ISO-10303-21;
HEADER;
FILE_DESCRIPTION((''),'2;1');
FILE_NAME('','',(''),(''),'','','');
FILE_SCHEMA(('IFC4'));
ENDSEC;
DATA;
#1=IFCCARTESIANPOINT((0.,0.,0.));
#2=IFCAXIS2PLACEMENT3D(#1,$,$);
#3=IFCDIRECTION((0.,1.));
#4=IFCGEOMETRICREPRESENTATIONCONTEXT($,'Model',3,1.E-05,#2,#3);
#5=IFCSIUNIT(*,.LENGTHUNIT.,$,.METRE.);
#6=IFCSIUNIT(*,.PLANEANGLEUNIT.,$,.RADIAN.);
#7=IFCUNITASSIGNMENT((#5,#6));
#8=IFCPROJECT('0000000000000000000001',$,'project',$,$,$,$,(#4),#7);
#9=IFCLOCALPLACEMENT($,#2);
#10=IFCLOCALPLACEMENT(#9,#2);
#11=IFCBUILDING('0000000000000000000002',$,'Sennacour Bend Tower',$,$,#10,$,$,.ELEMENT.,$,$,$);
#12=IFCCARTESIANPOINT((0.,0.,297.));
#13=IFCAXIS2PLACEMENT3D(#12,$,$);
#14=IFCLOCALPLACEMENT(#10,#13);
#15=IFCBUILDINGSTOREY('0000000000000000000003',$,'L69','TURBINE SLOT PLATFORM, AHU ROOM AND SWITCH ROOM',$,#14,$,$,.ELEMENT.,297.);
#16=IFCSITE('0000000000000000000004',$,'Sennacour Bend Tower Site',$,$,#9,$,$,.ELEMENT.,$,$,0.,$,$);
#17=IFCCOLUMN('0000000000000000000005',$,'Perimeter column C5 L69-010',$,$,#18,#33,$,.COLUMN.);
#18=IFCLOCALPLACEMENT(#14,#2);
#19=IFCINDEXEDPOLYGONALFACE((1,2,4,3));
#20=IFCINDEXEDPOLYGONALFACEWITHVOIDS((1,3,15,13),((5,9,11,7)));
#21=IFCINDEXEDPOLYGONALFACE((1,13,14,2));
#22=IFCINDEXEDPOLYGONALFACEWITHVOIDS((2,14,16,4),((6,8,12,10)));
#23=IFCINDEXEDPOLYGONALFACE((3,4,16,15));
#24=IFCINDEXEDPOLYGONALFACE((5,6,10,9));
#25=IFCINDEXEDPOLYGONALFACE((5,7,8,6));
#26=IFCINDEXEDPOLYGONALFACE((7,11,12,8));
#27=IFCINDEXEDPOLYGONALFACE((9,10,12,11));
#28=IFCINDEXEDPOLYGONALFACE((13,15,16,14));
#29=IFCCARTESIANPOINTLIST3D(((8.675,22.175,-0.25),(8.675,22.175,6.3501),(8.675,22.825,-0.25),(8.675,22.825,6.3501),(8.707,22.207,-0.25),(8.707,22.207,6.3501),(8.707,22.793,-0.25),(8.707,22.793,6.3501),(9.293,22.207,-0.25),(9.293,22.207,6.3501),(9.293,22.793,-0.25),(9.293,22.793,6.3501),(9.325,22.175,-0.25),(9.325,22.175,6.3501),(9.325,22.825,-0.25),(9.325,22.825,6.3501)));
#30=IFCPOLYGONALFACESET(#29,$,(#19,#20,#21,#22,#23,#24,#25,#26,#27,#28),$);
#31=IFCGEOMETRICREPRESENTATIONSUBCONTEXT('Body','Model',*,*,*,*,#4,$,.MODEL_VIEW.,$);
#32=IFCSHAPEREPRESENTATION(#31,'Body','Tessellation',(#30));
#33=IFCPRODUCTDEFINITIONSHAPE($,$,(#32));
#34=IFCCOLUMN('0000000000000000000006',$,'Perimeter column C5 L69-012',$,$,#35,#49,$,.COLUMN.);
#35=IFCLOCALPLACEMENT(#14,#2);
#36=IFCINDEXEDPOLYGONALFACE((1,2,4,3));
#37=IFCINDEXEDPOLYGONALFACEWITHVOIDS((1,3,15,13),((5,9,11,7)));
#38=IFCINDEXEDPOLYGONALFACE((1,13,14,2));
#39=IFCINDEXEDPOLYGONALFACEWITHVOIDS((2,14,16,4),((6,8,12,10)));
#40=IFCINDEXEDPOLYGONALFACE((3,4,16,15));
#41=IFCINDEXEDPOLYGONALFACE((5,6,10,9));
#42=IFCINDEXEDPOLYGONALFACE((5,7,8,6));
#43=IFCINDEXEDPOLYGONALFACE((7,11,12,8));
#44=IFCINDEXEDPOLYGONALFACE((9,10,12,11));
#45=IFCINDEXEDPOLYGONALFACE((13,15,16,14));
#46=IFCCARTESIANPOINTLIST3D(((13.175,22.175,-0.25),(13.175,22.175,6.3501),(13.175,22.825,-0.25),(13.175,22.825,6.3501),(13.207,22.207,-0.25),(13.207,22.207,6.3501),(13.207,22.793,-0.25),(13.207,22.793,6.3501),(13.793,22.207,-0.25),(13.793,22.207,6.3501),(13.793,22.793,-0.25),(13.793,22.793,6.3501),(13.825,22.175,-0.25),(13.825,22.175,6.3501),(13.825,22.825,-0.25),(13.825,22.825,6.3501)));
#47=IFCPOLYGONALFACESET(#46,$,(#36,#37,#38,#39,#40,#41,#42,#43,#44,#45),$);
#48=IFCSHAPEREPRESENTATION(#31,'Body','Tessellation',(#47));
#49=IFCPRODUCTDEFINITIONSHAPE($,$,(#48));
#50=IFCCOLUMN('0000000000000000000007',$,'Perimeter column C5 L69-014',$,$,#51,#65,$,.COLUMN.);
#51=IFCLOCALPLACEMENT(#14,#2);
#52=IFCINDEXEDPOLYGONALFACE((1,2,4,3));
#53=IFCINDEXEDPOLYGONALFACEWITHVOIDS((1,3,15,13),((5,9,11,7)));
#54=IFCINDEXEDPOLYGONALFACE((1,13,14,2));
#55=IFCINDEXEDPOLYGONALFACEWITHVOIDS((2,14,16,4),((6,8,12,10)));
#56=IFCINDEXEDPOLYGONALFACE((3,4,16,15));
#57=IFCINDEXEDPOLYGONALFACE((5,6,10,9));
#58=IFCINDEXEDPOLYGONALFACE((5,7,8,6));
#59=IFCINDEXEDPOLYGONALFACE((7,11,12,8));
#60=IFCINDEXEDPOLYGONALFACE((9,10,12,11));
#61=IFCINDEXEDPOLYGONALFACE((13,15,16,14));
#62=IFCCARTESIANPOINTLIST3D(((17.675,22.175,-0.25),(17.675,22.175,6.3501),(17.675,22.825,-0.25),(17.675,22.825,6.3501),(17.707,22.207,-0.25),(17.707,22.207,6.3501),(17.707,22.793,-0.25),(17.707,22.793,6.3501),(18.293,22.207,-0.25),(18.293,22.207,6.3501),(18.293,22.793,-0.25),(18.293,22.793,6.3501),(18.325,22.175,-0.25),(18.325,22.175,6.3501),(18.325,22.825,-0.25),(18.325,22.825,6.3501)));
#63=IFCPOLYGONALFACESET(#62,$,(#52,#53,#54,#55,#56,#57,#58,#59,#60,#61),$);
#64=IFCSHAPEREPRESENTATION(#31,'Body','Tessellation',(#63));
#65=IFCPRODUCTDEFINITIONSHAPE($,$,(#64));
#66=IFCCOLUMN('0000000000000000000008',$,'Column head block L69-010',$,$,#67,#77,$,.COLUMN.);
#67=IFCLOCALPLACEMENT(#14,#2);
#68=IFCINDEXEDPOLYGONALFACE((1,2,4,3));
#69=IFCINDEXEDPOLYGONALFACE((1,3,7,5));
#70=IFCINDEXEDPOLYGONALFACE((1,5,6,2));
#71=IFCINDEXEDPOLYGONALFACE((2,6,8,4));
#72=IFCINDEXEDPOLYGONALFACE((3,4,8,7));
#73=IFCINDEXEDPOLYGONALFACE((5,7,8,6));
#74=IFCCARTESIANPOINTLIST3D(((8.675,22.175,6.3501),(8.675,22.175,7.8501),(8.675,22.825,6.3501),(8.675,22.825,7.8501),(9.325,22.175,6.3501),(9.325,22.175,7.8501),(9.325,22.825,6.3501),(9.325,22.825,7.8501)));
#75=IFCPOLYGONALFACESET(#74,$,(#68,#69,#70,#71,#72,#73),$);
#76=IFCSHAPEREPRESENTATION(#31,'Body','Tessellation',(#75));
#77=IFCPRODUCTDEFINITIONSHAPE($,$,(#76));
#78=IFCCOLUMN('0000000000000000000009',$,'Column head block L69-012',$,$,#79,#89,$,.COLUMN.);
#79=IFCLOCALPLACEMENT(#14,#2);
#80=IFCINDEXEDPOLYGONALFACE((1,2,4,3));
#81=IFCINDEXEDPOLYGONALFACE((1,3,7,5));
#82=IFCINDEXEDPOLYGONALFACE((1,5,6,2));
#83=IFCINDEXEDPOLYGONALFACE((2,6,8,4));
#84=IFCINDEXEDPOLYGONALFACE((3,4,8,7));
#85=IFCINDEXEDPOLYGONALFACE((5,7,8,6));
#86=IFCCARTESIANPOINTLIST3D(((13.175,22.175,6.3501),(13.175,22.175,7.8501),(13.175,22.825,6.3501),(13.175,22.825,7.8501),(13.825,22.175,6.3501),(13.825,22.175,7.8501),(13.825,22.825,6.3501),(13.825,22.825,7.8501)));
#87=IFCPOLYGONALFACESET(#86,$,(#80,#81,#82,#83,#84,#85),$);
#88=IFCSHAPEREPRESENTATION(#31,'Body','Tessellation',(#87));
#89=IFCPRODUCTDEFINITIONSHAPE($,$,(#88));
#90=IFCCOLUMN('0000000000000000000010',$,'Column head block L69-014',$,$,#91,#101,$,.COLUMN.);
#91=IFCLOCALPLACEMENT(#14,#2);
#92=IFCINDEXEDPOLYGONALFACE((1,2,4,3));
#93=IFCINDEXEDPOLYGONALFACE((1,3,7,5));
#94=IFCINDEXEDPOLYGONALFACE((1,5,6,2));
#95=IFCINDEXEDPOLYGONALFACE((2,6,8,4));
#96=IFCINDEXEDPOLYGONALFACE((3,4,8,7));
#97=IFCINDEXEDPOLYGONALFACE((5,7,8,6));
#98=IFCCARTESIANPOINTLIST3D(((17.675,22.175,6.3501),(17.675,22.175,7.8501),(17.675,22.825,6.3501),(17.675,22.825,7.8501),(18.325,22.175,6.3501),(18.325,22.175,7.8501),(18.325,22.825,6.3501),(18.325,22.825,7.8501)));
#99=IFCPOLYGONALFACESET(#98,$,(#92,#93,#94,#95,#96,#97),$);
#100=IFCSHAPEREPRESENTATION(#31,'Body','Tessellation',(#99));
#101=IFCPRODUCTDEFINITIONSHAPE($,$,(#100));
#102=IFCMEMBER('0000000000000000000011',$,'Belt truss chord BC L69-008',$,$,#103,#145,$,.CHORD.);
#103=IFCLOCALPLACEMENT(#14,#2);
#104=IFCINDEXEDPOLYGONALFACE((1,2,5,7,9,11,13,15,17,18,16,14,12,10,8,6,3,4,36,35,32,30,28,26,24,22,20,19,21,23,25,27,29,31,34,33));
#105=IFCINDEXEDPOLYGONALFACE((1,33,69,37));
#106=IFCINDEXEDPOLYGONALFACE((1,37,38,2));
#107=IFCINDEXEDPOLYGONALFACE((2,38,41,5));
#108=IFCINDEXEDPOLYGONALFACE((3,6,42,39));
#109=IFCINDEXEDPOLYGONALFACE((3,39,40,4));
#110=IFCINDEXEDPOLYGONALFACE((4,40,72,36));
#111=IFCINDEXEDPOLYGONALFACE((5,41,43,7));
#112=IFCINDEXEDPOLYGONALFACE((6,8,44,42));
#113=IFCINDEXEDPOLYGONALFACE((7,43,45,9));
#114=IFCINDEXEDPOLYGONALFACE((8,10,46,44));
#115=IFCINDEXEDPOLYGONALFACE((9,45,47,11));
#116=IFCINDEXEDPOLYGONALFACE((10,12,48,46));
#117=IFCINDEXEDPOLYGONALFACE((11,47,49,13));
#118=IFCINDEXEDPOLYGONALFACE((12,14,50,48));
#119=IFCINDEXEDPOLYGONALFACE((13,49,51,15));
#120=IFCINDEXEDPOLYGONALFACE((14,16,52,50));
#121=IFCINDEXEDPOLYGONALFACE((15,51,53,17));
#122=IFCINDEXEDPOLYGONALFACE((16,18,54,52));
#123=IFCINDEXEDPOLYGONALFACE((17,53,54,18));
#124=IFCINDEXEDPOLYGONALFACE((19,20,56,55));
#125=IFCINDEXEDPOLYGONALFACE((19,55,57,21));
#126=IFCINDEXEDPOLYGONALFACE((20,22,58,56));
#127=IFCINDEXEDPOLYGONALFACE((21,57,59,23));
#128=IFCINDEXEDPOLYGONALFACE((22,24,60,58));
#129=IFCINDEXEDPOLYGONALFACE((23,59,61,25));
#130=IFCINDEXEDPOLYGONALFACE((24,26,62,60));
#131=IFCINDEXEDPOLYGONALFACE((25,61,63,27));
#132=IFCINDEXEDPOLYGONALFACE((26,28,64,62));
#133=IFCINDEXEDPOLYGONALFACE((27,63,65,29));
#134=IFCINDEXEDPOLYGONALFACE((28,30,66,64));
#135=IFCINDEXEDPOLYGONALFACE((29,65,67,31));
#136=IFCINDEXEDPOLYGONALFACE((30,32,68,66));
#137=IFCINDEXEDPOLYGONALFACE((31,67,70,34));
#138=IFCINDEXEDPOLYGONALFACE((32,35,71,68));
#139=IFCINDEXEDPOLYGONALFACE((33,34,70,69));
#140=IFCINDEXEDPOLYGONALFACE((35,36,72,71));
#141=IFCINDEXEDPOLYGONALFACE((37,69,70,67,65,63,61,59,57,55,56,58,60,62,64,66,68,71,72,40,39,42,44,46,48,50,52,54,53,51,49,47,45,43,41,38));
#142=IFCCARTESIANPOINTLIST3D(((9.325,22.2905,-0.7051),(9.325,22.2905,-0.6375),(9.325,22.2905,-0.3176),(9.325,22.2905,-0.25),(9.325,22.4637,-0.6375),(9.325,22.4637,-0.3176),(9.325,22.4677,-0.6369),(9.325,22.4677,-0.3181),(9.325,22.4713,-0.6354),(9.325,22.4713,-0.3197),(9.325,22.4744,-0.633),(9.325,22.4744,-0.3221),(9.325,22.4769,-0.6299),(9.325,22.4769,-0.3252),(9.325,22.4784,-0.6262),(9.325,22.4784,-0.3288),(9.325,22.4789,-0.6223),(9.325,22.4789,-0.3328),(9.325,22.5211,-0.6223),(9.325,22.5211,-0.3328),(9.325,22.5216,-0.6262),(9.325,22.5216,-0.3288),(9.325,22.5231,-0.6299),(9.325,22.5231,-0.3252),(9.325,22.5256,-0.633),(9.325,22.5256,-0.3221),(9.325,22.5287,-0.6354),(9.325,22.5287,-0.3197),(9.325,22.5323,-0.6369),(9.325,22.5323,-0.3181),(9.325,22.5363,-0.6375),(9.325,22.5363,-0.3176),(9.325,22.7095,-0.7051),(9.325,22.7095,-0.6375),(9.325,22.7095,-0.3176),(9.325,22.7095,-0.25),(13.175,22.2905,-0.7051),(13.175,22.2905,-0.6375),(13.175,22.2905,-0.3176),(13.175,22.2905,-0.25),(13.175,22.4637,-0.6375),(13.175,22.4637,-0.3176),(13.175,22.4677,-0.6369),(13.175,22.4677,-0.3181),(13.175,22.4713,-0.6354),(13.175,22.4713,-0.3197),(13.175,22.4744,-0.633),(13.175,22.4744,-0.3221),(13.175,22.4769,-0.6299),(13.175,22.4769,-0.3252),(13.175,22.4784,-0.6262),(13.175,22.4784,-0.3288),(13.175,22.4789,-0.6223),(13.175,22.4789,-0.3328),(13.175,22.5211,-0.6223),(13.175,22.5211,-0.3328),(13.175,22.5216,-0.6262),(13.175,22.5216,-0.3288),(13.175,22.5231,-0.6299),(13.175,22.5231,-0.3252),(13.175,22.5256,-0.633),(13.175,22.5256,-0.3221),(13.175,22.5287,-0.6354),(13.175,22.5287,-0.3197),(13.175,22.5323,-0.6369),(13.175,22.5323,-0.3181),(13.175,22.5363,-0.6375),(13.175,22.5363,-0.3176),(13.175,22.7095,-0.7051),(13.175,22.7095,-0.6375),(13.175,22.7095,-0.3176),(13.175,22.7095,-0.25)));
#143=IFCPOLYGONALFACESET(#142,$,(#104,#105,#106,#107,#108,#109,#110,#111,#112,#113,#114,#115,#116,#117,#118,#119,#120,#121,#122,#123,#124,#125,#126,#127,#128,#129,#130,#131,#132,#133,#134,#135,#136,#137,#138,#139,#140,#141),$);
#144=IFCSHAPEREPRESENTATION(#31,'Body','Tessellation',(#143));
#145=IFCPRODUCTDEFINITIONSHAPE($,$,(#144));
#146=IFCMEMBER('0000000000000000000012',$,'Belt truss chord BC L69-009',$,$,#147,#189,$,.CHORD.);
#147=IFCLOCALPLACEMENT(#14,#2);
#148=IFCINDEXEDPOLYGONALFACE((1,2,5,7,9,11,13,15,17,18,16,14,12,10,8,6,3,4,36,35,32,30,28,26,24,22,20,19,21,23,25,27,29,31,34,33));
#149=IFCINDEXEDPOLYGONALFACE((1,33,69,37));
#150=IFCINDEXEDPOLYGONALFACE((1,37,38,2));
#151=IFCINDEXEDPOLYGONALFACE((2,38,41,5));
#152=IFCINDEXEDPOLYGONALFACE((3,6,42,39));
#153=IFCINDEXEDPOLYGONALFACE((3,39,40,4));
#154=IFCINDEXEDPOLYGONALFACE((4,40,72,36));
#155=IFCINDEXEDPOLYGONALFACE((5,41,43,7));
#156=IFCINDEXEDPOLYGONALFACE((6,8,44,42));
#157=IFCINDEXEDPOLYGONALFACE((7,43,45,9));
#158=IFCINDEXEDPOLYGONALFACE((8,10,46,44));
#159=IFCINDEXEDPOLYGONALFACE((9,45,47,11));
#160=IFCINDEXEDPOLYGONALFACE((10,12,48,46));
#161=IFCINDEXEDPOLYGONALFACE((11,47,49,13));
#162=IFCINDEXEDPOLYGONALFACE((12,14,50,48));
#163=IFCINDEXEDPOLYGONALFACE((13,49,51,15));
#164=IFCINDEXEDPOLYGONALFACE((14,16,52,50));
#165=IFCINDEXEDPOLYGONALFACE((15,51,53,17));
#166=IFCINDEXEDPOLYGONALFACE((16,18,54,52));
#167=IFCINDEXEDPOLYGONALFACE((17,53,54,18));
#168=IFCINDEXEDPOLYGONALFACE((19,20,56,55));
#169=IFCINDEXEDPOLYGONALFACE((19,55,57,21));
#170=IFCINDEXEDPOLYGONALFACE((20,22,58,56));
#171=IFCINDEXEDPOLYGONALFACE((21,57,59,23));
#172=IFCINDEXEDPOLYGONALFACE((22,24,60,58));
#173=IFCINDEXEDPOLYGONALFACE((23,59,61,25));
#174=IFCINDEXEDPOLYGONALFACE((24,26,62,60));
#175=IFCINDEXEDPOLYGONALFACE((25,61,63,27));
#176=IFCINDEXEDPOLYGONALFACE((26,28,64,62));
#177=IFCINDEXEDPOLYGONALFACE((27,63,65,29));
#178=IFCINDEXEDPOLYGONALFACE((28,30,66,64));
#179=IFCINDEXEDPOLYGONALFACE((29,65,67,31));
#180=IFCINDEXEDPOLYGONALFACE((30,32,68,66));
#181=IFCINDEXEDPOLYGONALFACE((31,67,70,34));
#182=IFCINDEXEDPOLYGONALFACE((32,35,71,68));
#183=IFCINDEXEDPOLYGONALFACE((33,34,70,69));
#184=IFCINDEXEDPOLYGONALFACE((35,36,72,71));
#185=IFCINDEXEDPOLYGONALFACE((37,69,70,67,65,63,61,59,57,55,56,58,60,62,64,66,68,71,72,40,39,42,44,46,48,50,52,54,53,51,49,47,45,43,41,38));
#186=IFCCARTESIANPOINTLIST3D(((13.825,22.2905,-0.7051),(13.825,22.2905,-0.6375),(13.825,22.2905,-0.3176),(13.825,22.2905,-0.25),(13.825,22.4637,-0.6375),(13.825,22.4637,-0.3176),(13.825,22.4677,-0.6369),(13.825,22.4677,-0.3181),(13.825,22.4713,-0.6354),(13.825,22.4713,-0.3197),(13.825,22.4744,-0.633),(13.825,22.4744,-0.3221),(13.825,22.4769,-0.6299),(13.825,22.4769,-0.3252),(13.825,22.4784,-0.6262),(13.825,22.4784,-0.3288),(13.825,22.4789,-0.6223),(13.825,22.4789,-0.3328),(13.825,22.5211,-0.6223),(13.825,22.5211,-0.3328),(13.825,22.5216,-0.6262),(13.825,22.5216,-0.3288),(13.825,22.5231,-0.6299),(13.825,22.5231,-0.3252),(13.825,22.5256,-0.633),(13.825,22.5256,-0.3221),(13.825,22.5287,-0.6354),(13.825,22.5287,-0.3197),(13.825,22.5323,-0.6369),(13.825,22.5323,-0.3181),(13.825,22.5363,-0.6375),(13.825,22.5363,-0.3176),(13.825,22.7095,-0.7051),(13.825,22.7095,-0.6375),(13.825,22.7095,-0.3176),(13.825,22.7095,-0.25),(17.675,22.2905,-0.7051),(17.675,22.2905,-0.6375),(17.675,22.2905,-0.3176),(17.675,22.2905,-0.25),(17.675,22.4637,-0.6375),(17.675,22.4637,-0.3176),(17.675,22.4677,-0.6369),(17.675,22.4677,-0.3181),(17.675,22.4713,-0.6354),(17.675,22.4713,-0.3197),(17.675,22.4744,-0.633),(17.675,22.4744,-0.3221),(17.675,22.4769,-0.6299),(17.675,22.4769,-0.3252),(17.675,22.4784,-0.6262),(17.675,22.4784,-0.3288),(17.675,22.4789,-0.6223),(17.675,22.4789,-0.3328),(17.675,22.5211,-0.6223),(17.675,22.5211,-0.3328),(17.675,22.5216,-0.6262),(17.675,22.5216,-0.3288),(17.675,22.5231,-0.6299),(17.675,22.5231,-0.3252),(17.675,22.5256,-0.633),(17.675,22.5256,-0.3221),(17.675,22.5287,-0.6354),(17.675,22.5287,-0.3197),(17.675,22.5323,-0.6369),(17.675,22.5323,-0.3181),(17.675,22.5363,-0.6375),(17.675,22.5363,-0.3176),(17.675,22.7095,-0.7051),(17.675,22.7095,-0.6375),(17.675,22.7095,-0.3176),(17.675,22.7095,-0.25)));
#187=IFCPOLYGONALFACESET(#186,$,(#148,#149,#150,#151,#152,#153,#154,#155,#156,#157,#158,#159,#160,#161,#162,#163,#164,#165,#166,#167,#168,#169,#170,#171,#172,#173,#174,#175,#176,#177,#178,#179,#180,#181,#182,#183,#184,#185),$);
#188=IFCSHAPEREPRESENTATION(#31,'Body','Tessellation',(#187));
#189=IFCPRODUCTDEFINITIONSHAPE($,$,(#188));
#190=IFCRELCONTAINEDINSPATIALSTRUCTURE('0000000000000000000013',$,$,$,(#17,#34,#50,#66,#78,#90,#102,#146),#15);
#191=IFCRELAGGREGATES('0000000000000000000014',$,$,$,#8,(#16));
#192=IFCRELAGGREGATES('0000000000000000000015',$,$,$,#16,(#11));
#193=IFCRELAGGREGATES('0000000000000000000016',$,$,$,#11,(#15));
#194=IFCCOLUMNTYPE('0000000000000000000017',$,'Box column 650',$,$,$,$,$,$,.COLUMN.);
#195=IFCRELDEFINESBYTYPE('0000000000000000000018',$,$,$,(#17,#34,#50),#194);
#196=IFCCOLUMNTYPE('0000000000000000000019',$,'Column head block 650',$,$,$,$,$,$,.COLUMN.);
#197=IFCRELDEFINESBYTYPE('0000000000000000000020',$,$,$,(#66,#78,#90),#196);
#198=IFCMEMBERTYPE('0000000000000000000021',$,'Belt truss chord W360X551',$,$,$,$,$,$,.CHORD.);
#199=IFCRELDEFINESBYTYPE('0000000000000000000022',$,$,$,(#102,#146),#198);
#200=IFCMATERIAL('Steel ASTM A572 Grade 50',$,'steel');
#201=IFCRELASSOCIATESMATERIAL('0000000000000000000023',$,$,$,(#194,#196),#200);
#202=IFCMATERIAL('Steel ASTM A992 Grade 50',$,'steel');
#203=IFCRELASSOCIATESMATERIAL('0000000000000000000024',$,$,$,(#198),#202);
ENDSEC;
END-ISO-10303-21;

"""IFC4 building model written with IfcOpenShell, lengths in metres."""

from ifc_helpers import new_model, si_unit, direction, frame, origin, origin_2d, place, context, subcontext, project, spatial, rectangle, hollow_rectangle, i_section, extrude, material, material_profile, profile_set, type_object, element, save


model = new_model("IFC4")

# Units and contexts
model_context = context("Model", 3, precision=1e-05, world=origin(), true_north=direction((0.0, 1.0)))
body_context = subcontext(model_context, "Body", "Model", "MODEL_VIEW")
ifc_project = project(units=[si_unit("LENGTHUNIT", "METRE"), si_unit("PLANEANGLEUNIT", "RADIAN")], contexts=[model_context])

# Site, building, storey
site_placement = place(None, origin())
site = spatial("IfcSite", under=ifc_project, at=site_placement, Name="Sennacour Bend Tower Site", CompositionType="ELEMENT", RefElevation=0.0)
building_placement = place(site_placement, origin())
building = spatial("IfcBuilding", under=site, at=building_placement, Name="Sennacour Bend Tower", CompositionType="ELEMENT")
storey_placement = place(building_placement, frame((0.0, 0.0, 297.0)))
storey = spatial("IfcBuildingStorey", under=building, at=storey_placement, Name="L69", Description="TURBINE SLOT PLATFORM, AHU ROOM AND SWITCH ROOM", CompositionType="ELEMENT", Elevation=297.0)

# Columns
ifc_material_1 = material(Name="Steel ASTM A572 Grade 50", Category="steel")
ifc_material_profile_1 = material_profile(ifc_material_1, hollow_rectangle(XDim=0.6499, YDim=0.6499, WallThickness=0.032, at=origin_2d()), Name="Steel ASTM A572 Grade 50", Category="steel")
ifc_profile_set_1 = profile_set([ifc_material_profile_1], Name="Steel ASTM A572 Grade 50")
column_type_1 = type_object("IfcColumnType", Name="Box column 650", PredefinedType="COLUMN", material=ifc_profile_set_1)
for number, where, z_axis, x_axis, name in (
    (1, (9.0, 22.5, -0.25), (0.0, 0.0, 1.0), (1.0, 0.0, 0.0), "Perimeter column C5 L69-010"),
    (2, (13.5, 22.5, -0.25), (0.0, 0.0, 1.0), (1.0, 0.0, 0.0), "Perimeter column C5 L69-012"),
    (3, (18.0, 22.5, -0.25), (0.0, 0.0, 1.0), (1.0, 0.0, 0.0), "Perimeter column C5 L69-014"),
):
    element("IfcColumn", number, at=place(storey_placement, frame(where, z_axis=z_axis, x_axis=x_axis)), inside=storey, type_object=column_type_1, Name=name, PredefinedType="COLUMN", context=body_context, shape_type="SweptSolid", body=[
        extrude(hollow_rectangle(XDim=0.6499, YDim=0.6499, WallThickness=0.032, at=origin_2d()), origin(), (0.0, 0.0, 1.0), 6.6001),
    ])
ifc_material_profile_2 = material_profile(ifc_material_1, rectangle(XDim=0.6499, YDim=0.6499, at=origin_2d()), Name="Steel ASTM A572 Grade 50", Category="steel")
ifc_profile_set_2 = profile_set([ifc_material_profile_2], Name="Steel ASTM A572 Grade 50")
column_type_2 = type_object("IfcColumnType", Name="Column head block 650", PredefinedType="COLUMN", material=ifc_profile_set_2)
for number, where, z_axis, x_axis, name in (
    (4, (9.0, 22.5, 6.3501), (0.0, 0.0, 1.0), (1.0, 0.0, 0.0), "Column head block L69-010"),
    (5, (13.5, 22.5, 6.3501), (0.0, 0.0, 1.0), (1.0, 0.0, 0.0), "Column head block L69-012"),
    (6, (18.0, 22.5, 6.3501), (0.0, 0.0, 1.0), (1.0, 0.0, 0.0), "Column head block L69-014"),
):
    element("IfcColumn", number, at=place(storey_placement, frame(where, z_axis=z_axis, x_axis=x_axis)), inside=storey, type_object=column_type_2, Name=name, PredefinedType="COLUMN", context=body_context, shape_type="SweptSolid", body=[
        extrude(rectangle(XDim=0.6499, YDim=0.6499, at=origin_2d()), origin(), (0.0, 0.0, 1.0), 1.5),
    ])

# Members
ifc_material_2 = material(Name="Steel ASTM A992 Grade 50", Category="steel")
ifc_material_profile_3 = material_profile(ifc_material_2, i_section(OverallWidth=0.4189, OverallDepth=0.4551, WebThickness=0.0422, FlangeThickness=0.0676, FilletRadius=0.0151, at=origin_2d()), Name="Steel ASTM A992 Grade 50", Category="steel")
ifc_profile_set_3 = profile_set([ifc_material_profile_3], Name="Steel ASTM A992 Grade 50")
member_type_1 = type_object("IfcMemberType", Name="Belt truss chord W360X551", PredefinedType="CHORD", material=ifc_profile_set_3)
for number, where, z_axis, x_axis, name in (
    (7, (9.325, 22.5, -0.4775), (1.0, 0.0, 0.0), (0.0, 1.0, 0.0), "Belt truss chord BC L69-008"),
    (8, (13.825, 22.5, -0.4775), (1.0, 0.0, 0.0), (0.0, 1.0, 0.0), "Belt truss chord BC L69-009"),
):
    element("IfcMember", number, at=place(storey_placement, frame(where, z_axis=z_axis, x_axis=x_axis)), inside=storey, type_object=member_type_1, Name=name, PredefinedType="CHORD", context=body_context, shape_type="SweptSolid", body=[
        extrude(i_section(OverallWidth=0.4189, OverallDepth=0.4551, WebThickness=0.0422, FlangeThickness=0.0676, FilletRadius=0.0151, at=origin_2d()), origin(), (0.0, 0.0, 1.0), 3.8501),
    ])

save(model, "model.ifc")
